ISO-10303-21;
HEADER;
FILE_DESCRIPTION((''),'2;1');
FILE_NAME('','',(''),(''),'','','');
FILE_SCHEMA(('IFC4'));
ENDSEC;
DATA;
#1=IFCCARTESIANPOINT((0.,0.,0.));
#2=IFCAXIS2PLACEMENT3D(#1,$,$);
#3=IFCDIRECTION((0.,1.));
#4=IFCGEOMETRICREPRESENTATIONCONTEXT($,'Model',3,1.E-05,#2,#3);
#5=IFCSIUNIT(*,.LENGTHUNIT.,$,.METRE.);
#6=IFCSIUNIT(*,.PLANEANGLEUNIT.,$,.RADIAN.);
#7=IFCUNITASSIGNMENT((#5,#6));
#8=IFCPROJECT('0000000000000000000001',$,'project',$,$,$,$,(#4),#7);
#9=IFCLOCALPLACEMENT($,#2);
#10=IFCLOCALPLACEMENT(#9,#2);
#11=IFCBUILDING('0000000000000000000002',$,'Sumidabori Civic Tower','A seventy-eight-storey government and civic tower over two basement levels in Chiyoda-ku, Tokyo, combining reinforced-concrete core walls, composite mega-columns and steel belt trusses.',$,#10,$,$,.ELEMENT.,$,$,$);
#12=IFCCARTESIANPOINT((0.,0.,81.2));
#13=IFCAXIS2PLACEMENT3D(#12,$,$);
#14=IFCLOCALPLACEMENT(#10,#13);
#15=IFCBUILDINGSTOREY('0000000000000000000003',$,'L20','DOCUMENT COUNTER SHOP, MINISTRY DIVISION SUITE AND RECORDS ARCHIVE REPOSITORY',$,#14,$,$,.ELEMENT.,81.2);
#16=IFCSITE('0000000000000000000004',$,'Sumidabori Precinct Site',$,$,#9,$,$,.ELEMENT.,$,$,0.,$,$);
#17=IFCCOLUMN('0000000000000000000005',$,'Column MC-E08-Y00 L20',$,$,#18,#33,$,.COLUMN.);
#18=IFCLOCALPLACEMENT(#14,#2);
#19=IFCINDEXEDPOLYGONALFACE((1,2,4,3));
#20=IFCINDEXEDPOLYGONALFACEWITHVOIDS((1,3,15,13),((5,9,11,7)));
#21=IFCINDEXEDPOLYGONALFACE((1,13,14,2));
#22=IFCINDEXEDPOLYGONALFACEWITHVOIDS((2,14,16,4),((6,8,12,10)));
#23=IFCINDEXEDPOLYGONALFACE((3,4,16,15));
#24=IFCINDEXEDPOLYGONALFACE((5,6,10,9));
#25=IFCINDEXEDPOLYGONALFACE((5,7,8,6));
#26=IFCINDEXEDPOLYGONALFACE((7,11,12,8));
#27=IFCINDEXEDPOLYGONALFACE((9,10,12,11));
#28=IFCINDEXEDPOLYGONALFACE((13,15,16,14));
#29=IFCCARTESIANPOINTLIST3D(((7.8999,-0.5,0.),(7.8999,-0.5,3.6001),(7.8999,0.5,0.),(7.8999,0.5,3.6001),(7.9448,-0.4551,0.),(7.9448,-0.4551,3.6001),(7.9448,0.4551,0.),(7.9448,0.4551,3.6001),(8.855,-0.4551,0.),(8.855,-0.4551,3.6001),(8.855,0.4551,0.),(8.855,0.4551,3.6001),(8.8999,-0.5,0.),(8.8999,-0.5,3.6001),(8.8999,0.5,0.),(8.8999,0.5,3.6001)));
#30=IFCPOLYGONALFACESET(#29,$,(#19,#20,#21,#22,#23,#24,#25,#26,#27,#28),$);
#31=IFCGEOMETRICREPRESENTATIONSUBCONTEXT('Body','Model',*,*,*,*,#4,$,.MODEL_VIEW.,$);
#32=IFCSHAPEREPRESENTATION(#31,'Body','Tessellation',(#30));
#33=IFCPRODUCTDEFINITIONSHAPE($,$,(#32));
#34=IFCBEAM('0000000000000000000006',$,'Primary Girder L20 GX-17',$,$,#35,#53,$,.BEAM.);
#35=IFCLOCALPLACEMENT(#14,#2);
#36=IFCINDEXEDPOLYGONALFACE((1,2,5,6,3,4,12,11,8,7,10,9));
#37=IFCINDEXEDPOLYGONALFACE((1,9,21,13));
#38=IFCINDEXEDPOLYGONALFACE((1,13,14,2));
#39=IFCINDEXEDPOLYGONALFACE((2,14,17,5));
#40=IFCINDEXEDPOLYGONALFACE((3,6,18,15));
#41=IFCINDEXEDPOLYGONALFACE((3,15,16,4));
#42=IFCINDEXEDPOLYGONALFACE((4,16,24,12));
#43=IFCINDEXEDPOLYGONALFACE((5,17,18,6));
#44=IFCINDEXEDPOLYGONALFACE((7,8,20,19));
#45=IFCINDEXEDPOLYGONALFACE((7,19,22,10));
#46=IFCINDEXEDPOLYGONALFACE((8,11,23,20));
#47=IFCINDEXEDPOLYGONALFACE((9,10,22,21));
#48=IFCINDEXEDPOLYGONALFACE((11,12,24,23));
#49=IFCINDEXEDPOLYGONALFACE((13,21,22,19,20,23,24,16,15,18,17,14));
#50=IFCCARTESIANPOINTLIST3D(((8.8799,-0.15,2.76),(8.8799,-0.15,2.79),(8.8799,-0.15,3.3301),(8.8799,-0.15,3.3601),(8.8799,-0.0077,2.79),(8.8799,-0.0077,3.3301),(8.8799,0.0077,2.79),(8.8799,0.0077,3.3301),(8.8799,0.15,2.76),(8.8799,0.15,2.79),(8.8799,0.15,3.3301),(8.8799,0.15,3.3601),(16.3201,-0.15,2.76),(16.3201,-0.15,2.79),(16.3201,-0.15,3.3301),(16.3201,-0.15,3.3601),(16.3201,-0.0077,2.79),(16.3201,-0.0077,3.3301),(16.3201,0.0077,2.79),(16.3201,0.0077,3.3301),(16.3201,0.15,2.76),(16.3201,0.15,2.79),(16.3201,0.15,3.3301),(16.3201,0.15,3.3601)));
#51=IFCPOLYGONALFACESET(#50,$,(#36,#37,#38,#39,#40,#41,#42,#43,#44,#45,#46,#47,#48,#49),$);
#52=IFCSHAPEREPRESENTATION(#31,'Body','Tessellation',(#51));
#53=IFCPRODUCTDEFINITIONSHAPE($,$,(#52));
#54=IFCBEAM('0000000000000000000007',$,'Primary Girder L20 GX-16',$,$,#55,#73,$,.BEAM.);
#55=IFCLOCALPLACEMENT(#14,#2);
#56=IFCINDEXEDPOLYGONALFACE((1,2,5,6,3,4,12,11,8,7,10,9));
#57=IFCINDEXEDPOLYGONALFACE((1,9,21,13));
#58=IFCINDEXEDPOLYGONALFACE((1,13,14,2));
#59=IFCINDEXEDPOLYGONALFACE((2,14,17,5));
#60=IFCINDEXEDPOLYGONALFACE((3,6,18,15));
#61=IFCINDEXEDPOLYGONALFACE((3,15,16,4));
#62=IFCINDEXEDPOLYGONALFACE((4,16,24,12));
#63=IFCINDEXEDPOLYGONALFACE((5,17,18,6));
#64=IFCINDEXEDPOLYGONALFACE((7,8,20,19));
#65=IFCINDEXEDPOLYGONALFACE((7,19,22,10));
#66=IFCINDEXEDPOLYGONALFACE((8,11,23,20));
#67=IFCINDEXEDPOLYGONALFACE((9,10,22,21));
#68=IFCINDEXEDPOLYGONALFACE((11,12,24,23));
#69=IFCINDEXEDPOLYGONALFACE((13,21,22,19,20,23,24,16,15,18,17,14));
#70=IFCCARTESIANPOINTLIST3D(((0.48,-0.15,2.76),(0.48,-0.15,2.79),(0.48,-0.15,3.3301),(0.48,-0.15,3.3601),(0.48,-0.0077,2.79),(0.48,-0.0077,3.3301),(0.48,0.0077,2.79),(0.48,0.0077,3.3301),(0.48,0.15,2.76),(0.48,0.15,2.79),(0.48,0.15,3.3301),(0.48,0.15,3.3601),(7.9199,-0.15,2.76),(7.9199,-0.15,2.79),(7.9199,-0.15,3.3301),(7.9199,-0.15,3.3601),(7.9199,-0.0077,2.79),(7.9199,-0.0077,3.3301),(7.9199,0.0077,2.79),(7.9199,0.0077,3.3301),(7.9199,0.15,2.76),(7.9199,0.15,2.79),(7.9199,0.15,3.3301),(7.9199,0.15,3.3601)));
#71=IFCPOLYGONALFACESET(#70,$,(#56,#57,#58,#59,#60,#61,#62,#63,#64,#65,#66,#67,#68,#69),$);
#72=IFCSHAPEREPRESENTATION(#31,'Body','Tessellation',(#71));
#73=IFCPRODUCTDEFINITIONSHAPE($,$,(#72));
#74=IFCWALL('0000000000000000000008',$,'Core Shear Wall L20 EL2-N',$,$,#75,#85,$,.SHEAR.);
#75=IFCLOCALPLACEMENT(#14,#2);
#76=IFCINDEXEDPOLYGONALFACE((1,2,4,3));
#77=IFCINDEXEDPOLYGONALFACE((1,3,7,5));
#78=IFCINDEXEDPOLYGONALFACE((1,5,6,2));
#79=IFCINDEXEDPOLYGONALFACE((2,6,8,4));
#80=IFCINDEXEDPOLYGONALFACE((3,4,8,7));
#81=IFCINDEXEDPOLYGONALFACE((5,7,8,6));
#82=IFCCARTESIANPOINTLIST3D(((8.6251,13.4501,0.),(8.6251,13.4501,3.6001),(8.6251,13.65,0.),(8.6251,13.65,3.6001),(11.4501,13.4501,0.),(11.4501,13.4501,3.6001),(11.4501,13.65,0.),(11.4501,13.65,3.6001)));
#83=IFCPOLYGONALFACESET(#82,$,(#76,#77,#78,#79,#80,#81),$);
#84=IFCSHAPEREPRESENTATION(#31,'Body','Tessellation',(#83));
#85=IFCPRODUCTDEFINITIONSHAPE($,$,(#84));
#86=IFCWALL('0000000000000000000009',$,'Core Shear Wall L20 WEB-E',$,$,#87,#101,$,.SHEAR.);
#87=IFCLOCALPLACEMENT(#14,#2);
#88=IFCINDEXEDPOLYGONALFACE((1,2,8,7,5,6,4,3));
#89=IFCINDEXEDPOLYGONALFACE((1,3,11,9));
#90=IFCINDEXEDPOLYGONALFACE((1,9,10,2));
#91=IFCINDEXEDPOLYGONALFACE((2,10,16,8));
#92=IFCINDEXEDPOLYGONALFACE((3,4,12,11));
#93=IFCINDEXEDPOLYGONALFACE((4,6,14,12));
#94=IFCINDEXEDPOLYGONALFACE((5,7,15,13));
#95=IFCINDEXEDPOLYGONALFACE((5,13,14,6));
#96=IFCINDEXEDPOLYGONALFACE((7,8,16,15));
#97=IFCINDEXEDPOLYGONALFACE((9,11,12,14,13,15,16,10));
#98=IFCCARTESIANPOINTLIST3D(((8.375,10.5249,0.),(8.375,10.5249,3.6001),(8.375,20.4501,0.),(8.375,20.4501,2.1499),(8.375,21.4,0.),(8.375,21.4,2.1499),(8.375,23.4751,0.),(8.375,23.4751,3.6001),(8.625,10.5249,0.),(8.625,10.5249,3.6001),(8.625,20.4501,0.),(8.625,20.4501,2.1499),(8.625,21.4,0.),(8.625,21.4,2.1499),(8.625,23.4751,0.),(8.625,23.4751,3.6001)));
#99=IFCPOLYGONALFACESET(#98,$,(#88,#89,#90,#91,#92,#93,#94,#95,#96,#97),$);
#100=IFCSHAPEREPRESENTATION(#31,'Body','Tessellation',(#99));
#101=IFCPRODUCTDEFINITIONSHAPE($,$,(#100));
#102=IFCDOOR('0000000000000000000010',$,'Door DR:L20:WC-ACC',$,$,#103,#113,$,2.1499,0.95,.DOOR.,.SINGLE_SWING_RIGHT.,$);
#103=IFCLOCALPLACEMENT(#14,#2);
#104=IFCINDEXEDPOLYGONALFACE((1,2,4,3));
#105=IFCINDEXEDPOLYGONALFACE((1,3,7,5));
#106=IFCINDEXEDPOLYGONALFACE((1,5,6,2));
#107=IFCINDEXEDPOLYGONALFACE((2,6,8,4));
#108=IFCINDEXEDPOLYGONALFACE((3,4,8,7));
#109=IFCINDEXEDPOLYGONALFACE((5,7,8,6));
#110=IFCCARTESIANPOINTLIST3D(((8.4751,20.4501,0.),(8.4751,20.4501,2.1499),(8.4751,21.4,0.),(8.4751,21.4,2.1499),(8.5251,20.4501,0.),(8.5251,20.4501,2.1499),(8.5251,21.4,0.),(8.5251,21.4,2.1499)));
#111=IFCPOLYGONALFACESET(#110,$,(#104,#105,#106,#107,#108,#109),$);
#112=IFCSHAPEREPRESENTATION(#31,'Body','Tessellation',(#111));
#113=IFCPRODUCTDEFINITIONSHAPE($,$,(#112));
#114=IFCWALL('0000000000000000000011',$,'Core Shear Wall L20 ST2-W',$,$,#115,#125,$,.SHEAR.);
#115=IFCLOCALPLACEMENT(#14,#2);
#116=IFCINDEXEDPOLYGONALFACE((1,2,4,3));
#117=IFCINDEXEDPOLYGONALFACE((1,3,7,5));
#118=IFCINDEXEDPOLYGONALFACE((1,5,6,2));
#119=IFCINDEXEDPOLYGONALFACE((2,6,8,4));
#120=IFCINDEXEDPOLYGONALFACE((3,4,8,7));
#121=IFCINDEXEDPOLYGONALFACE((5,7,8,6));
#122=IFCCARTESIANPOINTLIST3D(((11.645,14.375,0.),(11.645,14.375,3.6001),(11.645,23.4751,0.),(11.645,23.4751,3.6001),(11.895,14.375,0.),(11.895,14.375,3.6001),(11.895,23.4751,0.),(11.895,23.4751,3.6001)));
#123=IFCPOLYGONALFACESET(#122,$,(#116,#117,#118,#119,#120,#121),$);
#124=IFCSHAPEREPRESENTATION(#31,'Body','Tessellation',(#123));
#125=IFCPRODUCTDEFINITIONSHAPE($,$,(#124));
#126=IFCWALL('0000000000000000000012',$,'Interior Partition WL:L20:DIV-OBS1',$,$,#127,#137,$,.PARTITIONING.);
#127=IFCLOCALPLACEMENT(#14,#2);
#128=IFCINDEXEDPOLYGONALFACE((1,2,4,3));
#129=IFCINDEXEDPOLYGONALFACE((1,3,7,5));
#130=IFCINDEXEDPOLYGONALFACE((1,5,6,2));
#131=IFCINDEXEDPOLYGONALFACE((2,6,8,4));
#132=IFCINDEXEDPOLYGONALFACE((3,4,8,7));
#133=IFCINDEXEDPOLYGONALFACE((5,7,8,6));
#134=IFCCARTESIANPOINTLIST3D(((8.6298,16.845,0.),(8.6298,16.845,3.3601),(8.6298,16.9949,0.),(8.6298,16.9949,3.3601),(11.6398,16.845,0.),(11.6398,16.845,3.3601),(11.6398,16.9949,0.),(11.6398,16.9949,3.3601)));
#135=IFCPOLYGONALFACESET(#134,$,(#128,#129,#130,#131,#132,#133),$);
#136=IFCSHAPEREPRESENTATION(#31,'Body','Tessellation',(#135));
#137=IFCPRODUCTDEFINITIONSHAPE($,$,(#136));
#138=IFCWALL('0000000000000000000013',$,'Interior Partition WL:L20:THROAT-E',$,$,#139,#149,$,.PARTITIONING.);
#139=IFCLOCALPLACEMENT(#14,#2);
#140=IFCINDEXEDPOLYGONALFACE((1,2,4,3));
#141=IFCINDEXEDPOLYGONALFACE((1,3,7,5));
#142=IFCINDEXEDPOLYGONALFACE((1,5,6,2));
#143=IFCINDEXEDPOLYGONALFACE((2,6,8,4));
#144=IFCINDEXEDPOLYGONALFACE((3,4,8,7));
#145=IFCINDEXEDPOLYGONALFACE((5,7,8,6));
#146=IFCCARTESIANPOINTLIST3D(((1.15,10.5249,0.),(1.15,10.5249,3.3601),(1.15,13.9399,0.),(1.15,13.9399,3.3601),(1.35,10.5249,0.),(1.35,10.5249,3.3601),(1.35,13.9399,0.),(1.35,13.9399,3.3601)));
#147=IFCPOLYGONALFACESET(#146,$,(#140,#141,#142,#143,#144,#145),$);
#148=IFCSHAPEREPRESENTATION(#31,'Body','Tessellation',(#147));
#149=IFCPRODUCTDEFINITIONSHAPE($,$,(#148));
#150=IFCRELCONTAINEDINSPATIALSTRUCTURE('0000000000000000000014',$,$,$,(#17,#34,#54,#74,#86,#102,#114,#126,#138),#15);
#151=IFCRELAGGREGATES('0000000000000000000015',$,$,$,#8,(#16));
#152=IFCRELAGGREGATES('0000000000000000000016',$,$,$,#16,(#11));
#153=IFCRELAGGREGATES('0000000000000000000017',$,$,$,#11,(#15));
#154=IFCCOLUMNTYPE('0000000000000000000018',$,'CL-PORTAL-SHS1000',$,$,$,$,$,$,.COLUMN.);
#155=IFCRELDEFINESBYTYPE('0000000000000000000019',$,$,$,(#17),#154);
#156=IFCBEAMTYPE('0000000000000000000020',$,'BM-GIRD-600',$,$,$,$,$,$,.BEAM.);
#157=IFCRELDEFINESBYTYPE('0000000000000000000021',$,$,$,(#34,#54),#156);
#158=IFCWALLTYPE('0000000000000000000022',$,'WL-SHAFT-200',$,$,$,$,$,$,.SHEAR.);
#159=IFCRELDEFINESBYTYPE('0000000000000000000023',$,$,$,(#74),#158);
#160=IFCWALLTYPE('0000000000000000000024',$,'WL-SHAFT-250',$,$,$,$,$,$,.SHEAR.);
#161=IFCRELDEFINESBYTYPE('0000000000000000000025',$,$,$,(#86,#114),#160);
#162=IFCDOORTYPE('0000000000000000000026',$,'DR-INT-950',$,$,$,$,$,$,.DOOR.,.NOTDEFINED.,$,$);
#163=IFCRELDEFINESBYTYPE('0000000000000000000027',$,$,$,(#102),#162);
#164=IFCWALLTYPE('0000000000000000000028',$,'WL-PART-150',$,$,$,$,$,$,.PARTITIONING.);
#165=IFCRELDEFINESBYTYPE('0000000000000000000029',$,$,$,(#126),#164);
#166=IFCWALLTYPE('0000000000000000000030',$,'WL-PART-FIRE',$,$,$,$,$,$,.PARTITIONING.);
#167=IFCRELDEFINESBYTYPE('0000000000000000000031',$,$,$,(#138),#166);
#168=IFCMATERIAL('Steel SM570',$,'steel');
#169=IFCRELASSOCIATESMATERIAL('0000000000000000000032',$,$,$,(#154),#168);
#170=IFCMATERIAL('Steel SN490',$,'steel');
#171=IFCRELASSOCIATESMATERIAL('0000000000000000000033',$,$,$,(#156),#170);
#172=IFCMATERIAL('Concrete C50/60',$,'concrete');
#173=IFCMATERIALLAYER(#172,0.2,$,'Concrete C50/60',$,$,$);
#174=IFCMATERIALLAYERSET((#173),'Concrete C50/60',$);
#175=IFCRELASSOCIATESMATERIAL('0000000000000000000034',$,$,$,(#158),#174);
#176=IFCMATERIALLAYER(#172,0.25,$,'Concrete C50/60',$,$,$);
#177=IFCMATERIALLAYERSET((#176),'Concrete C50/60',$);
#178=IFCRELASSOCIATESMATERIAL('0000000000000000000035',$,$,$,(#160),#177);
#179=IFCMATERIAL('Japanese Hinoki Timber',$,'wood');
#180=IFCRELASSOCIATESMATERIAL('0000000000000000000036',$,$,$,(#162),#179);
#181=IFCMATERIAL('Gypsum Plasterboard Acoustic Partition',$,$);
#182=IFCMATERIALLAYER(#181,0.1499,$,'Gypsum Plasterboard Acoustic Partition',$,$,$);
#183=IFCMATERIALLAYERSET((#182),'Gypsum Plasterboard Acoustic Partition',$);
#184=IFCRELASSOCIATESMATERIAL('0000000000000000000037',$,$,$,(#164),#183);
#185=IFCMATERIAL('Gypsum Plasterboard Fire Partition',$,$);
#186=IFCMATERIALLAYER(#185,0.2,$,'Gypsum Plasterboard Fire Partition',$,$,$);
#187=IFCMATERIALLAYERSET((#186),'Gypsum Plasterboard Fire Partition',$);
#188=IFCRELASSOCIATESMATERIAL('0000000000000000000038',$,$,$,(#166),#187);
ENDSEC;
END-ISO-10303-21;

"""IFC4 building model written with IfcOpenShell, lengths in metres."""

from ifc_helpers import new_model, si_unit, direction, frame, frame_2d, origin, origin_2d, place, context, subcontext, project, spatial, rectangle, hollow_rectangle, i_section, extrude, source, transform, mapped, material, layer, layer_set, material_profile, profile_set, type_object, element, fill, save


model = new_model("IFC4")

# Units and contexts
model_context = context("Model", 3, precision=1e-05, world=origin(), true_north=direction((0.0, 1.0)))
body_context = subcontext(model_context, "Body", "Model", "MODEL_VIEW")
ifc_project = project(units=[si_unit("LENGTHUNIT", "METRE"), si_unit("PLANEANGLEUNIT", "RADIAN")], contexts=[model_context])

# Site, building, storey
site_placement = place(None, origin())
site = spatial("IfcSite", under=ifc_project, at=site_placement, Name="Sumidabori Precinct Site", CompositionType="ELEMENT", RefElevation=0.0)
building_placement = place(site_placement, origin())
building = spatial("IfcBuilding", under=site, at=building_placement, Name="Sumidabori Civic Tower", Description="A seventy-eight-storey government and civic tower over two basement levels in Chiyoda-ku, Tokyo, combining reinforced-concrete core walls, composite mega-columns and steel belt trusses.", CompositionType="ELEMENT")
storey_placement = place(building_placement, frame((0.0, 0.0, 81.2)))
storey = spatial("IfcBuildingStorey", under=building, at=storey_placement, Name="L20", Description="DOCUMENT COUNTER SHOP, MINISTRY DIVISION SUITE AND RECORDS ARCHIVE REPOSITORY", CompositionType="ELEMENT", Elevation=81.2)

# Column
ifc_material_1 = material(Name="Steel SM570", Category="steel")
ifc_material_profile_1 = material_profile(ifc_material_1, hollow_rectangle(XDim=1.0, YDim=1.0, WallThickness=0.0449, at=origin_2d()), Name="SHS 1000x1000x45")
ifc_profile_set_1 = profile_set([ifc_material_profile_1], Name="Steel SM570")
column_type = type_object("IfcColumnType", Name="CL-PORTAL-SHS1000", PredefinedType="COLUMN", material=ifc_profile_set_1)
shared_shape_1 = source(origin(), body_context, "Body", "SweptSolid", [
    extrude(hollow_rectangle(XDim=1.0, YDim=1.0, WallThickness=0.0449, at=origin_2d()), origin(), (0.0, 0.0, 1.0), 3.6001),
])
column_placement = place(storey_placement, frame((8.3999, 0.0, 0.0), z_axis=(0.0, 0.0, 1.0), x_axis=(1.0, 0.0, 0.0)))
element("IfcColumn", 1, at=column_placement, inside=storey, type_object=column_type, Name="Column MC-E08-Y00 L20", PredefinedType="COLUMN", context=body_context, shape_type="MappedRepresentation", body=[
    mapped(shared_shape_1, transform((0.0, 0.0, 0.0), x_axis=(1.0, 0.0, 0.0), y_axis=(0.0, 1.0, 0.0), z_axis=(0.0, 0.0, 1.0), scale=1.0)),
])

# Beams
ifc_material_2 = material(Name="Steel SN490", Category="steel")
ifc_material_profile_2 = material_profile(ifc_material_2, i_section(OverallWidth=0.3, OverallDepth=0.6001, WebThickness=0.0154, FlangeThickness=0.03, at=origin_2d()), Name="HE 600 B")
ifc_profile_set_2 = profile_set([ifc_material_profile_2], Name="Steel SN490")
beam_type = type_object("IfcBeamType", Name="BM-GIRD-600", PredefinedType="BEAM", material=ifc_profile_set_2)
shared_shape_2 = source(origin(), body_context, "Body", "SweptSolid", [
    extrude(i_section(OverallWidth=0.3, OverallDepth=0.6001, WebThickness=0.0154, FlangeThickness=0.03, at=origin_2d()), origin(), (0.0, 0.0, 1.0), 7.4402),
])
beam_1_placement = place(storey_placement, frame((8.8799, 0.0, 3.0601), z_axis=(1.0, 0.0, 0.0), x_axis=(0.0, 1.0, 0.0)))
element("IfcBeam", 2, at=beam_1_placement, inside=storey, type_object=beam_type, Name="Primary Girder L20 GX-17", PredefinedType="BEAM", context=body_context, shape_type="MappedRepresentation", body=[
    mapped(shared_shape_2, transform((0.0, 0.0, 0.0), x_axis=(1.0, 0.0, 0.0), y_axis=(0.0, 1.0, 0.0), z_axis=(0.0, 0.0, 1.0), scale=1.0)),
])
shared_shape_3 = source(origin(), body_context, "Body", "SweptSolid", [
    extrude(i_section(OverallWidth=0.3, OverallDepth=0.6001, WebThickness=0.0154, FlangeThickness=0.03, at=origin_2d()), origin(), (0.0, 0.0, 1.0), 7.4399),
])
beam_2_placement = place(storey_placement, frame((0.48, 0.0, 3.0601), z_axis=(1.0, 0.0, 0.0), x_axis=(0.0, 1.0, 0.0)))
element("IfcBeam", 3, at=beam_2_placement, inside=storey, type_object=beam_type, Name="Primary Girder L20 GX-16", PredefinedType="BEAM", context=body_context, shape_type="MappedRepresentation", body=[
    mapped(shared_shape_3, transform((0.0, 0.0, 0.0), x_axis=(1.0, 0.0, 0.0), y_axis=(0.0, 1.0, 0.0), z_axis=(0.0, 0.0, 1.0), scale=1.0)),
])

# Wall
ifc_material_3 = material(Name="Concrete C50/60", Category="concrete")
ifc_layer_1 = layer(ifc_material_3, 0.2, Name="Concrete C50/60")
ifc_layer_set_1 = layer_set([ifc_layer_1], Name="Concrete C50/60")
wall_type_1 = type_object("IfcWallType", Name="WL-SHAFT-200", PredefinedType="SHEAR", material=ifc_layer_set_1)
shared_shape_4 = source(origin(), body_context, "Body", "SweptSolid", [
    extrude(rectangle(XDim=2.825, YDim=0.2, at=frame_2d((1.4126, 0.0))), origin(), (0.0, 0.0, 1.0), 3.6001),
])
wall_1_placement = place(storey_placement, frame((8.625, 13.55, 0.0), z_axis=(0.0, 0.0, 1.0), x_axis=(1.0, 0.0, 0.0)))
element("IfcWall", 4, at=wall_1_placement, inside=storey, type_object=wall_type_1, Name="Core Shear Wall L20 EL2-N", PredefinedType="SHEAR", context=body_context, shape_type="MappedRepresentation", body=[
    mapped(shared_shape_4, transform((0.0, 0.0, 0.0), x_axis=(1.0, 0.0, 0.0), y_axis=(0.0, 1.0, 0.0), z_axis=(0.0, 0.0, 1.0), scale=1.0)),
])

# Wall, opening, door
ifc_layer_2 = layer(ifc_material_3, 0.25, Name="Concrete C50/60")
ifc_layer_set_2 = layer_set([ifc_layer_2], Name="Concrete C50/60")
wall_type_2 = type_object("IfcWallType", Name="WL-SHAFT-250", PredefinedType="SHEAR", material=ifc_layer_set_2)
shared_shape_5 = source(origin(), body_context, "Body", "SweptSolid", [
    extrude(rectangle(XDim=12.9502, YDim=0.25, at=frame_2d((6.4751, 0.0))), origin(), (0.0, 0.0, 1.0), 3.6001),
])
wall_2_placement = place(storey_placement, frame((8.5, 10.5249, 0.0), z_axis=(0.0, 0.0, 1.0), x_axis=(0.0, 1.0, 0.0)))
wall_2 = element("IfcWall", 5, at=wall_2_placement, inside=storey, type_object=wall_type_2, Name="Core Shear Wall L20 WEB-E", PredefinedType="SHEAR", context=body_context, shape_type="MappedRepresentation", body=[
    mapped(shared_shape_5, transform((0.0, 0.0, 0.0), x_axis=(1.0, 0.0, 0.0), y_axis=(0.0, 1.0, 0.0), z_axis=(0.0, 0.0, 1.0), scale=1.0)),
])
opening_1_placement = place(wall_2_placement, frame((9.925, 0.0, 0.0)))
opening_1 = element("IfcOpeningElement", 6, at=opening_1_placement, cuts=wall_2, PredefinedType="OPENING", context=body_context, shape_type="SweptSolid", body=[
    extrude(rectangle(XDim=0.95, YDim=2.1499, at=frame_2d((0.4751, 1.075))), frame((0.0, 0.137, 0.0), z_axis=(0.0, -1.0, 0.0), x_axis=(1.0, 0.0, 0.0)), (0.0, 0.0, 1.0), 0.2739),
])
ifc_material_4 = material(Name="Japanese Hinoki Timber", Category="wood")
door_type_1 = type_object("IfcDoorType", Name="DR-INT-950", OperationType="NOTDEFINED", PredefinedType="DOOR", material=ifc_material_4)
shared_shape_6 = source(origin(), body_context, "Body", "SweptSolid", [
    extrude(rectangle(XDim=0.95, YDim=2.1499, at=frame_2d((0.4751, 1.075))), frame((0.0, 0.0249, 0.0), z_axis=(0.0, -1.0, 0.0), x_axis=(1.0, 0.0, 0.0)), (0.0, 0.0, 1.0), 0.05),
])
door_1_placement = place(opening_1_placement, origin())
door_1 = element("IfcDoor", 7, at=door_1_placement, inside=storey, type_object=door_type_1, Name="Door DR:L20:WC-ACC", OperationType="SINGLE_SWING_RIGHT", OverallHeight=2.1499, OverallWidth=0.95, PredefinedType="DOOR", context=body_context, shape_type="MappedRepresentation", body=[
    mapped(shared_shape_6, transform((0.0, 0.0, 0.0), x_axis=(1.0, 0.0, 0.0), y_axis=(0.0, 1.0, 0.0), z_axis=(0.0, 0.0, 1.0), scale=1.0)),
])
fill(opening_1, door_1)

# Wall
shared_shape_7 = source(origin(), body_context, "Body", "SweptSolid", [
    extrude(rectangle(XDim=9.1001, YDim=0.25, at=frame_2d((4.55, 0.0))), origin(), (0.0, 0.0, 1.0), 3.6001),
])
wall_3_placement = place(storey_placement, frame((11.77, 14.375, 0.0), z_axis=(0.0, 0.0, 1.0), x_axis=(0.0, 1.0, 0.0)))
element("IfcWall", 8, at=wall_3_placement, inside=storey, type_object=wall_type_2, Name="Core Shear Wall L20 ST2-W", PredefinedType="SHEAR", context=body_context, shape_type="MappedRepresentation", body=[
    mapped(shared_shape_7, transform((0.0, 0.0, 0.0), x_axis=(1.0, 0.0, 0.0), y_axis=(0.0, 1.0, 0.0), z_axis=(0.0, 0.0, 1.0), scale=1.0)),
])

# Wall
ifc_material_5 = material(Name="Gypsum Plasterboard Acoustic Partition")
ifc_layer_3 = layer(ifc_material_5, 0.1499, Name="Gypsum Plasterboard Acoustic Partition")
ifc_layer_set_3 = layer_set([ifc_layer_3], Name="Gypsum Plasterboard Acoustic Partition")
wall_type_3 = type_object("IfcWallType", Name="WL-PART-150", PredefinedType="PARTITIONING", material=ifc_layer_set_3)
shared_shape_8 = source(origin(), body_context, "Body", "SweptSolid", [
    extrude(rectangle(XDim=3.01, YDim=0.1499, at=frame_2d((1.5049, 0.0))), origin(), (0.0, 0.0, 1.0), 3.3601),
])
wall_4_placement = place(storey_placement, frame((8.6299, 16.9199, 0.0), z_axis=(0.0, 0.0, 1.0), x_axis=(1.0, 0.0, 0.0)))
element("IfcWall", 9, at=wall_4_placement, inside=storey, type_object=wall_type_3, Name="Interior Partition WL:L20:DIV-OBS1", PredefinedType="PARTITIONING", context=body_context, shape_type="MappedRepresentation", body=[
    mapped(shared_shape_8, transform((0.0, 0.0, 0.0), x_axis=(1.0, 0.0, 0.0), y_axis=(0.0, 1.0, 0.0), z_axis=(0.0, 0.0, 1.0), scale=1.0)),
])

# Shared definitions
ifc_material_6 = material(Name="Gypsum Plasterboard Fire Partition")
ifc_layer_4 = layer(ifc_material_6, 0.2, Name="Gypsum Plasterboard Fire Partition")
ifc_layer_set_4 = layer_set([ifc_layer_4], Name="Gypsum Plasterboard Fire Partition")
wall_type_4 = type_object("IfcWallType", Name="WL-PART-FIRE", PredefinedType="PARTITIONING", material=ifc_layer_set_4)

# Wall
shared_shape_9 = source(origin(), body_context, "Body", "SweptSolid", [
    extrude(rectangle(XDim=3.415, YDim=0.2, at=frame_2d((1.7075, 0.0))), origin(), (0.0, 0.0, 1.0), 3.3601),
])
wall_5_placement = place(storey_placement, frame((1.25, 10.5249, 0.0), z_axis=(0.0, 0.0, 1.0), x_axis=(0.0, 1.0, 0.0)))
element("IfcWall", 10, at=wall_5_placement, inside=storey, type_object=wall_type_4, Name="Interior Partition WL:L20:THROAT-E", PredefinedType="PARTITIONING", context=body_context, shape_type="MappedRepresentation", body=[
    mapped(shared_shape_9, transform((0.0, 0.0, 0.0), x_axis=(1.0, 0.0, 0.0), y_axis=(0.0, 1.0, 0.0), z_axis=(0.0, 0.0, 1.0), scale=1.0)),
])

save(model, "model.ifc")
